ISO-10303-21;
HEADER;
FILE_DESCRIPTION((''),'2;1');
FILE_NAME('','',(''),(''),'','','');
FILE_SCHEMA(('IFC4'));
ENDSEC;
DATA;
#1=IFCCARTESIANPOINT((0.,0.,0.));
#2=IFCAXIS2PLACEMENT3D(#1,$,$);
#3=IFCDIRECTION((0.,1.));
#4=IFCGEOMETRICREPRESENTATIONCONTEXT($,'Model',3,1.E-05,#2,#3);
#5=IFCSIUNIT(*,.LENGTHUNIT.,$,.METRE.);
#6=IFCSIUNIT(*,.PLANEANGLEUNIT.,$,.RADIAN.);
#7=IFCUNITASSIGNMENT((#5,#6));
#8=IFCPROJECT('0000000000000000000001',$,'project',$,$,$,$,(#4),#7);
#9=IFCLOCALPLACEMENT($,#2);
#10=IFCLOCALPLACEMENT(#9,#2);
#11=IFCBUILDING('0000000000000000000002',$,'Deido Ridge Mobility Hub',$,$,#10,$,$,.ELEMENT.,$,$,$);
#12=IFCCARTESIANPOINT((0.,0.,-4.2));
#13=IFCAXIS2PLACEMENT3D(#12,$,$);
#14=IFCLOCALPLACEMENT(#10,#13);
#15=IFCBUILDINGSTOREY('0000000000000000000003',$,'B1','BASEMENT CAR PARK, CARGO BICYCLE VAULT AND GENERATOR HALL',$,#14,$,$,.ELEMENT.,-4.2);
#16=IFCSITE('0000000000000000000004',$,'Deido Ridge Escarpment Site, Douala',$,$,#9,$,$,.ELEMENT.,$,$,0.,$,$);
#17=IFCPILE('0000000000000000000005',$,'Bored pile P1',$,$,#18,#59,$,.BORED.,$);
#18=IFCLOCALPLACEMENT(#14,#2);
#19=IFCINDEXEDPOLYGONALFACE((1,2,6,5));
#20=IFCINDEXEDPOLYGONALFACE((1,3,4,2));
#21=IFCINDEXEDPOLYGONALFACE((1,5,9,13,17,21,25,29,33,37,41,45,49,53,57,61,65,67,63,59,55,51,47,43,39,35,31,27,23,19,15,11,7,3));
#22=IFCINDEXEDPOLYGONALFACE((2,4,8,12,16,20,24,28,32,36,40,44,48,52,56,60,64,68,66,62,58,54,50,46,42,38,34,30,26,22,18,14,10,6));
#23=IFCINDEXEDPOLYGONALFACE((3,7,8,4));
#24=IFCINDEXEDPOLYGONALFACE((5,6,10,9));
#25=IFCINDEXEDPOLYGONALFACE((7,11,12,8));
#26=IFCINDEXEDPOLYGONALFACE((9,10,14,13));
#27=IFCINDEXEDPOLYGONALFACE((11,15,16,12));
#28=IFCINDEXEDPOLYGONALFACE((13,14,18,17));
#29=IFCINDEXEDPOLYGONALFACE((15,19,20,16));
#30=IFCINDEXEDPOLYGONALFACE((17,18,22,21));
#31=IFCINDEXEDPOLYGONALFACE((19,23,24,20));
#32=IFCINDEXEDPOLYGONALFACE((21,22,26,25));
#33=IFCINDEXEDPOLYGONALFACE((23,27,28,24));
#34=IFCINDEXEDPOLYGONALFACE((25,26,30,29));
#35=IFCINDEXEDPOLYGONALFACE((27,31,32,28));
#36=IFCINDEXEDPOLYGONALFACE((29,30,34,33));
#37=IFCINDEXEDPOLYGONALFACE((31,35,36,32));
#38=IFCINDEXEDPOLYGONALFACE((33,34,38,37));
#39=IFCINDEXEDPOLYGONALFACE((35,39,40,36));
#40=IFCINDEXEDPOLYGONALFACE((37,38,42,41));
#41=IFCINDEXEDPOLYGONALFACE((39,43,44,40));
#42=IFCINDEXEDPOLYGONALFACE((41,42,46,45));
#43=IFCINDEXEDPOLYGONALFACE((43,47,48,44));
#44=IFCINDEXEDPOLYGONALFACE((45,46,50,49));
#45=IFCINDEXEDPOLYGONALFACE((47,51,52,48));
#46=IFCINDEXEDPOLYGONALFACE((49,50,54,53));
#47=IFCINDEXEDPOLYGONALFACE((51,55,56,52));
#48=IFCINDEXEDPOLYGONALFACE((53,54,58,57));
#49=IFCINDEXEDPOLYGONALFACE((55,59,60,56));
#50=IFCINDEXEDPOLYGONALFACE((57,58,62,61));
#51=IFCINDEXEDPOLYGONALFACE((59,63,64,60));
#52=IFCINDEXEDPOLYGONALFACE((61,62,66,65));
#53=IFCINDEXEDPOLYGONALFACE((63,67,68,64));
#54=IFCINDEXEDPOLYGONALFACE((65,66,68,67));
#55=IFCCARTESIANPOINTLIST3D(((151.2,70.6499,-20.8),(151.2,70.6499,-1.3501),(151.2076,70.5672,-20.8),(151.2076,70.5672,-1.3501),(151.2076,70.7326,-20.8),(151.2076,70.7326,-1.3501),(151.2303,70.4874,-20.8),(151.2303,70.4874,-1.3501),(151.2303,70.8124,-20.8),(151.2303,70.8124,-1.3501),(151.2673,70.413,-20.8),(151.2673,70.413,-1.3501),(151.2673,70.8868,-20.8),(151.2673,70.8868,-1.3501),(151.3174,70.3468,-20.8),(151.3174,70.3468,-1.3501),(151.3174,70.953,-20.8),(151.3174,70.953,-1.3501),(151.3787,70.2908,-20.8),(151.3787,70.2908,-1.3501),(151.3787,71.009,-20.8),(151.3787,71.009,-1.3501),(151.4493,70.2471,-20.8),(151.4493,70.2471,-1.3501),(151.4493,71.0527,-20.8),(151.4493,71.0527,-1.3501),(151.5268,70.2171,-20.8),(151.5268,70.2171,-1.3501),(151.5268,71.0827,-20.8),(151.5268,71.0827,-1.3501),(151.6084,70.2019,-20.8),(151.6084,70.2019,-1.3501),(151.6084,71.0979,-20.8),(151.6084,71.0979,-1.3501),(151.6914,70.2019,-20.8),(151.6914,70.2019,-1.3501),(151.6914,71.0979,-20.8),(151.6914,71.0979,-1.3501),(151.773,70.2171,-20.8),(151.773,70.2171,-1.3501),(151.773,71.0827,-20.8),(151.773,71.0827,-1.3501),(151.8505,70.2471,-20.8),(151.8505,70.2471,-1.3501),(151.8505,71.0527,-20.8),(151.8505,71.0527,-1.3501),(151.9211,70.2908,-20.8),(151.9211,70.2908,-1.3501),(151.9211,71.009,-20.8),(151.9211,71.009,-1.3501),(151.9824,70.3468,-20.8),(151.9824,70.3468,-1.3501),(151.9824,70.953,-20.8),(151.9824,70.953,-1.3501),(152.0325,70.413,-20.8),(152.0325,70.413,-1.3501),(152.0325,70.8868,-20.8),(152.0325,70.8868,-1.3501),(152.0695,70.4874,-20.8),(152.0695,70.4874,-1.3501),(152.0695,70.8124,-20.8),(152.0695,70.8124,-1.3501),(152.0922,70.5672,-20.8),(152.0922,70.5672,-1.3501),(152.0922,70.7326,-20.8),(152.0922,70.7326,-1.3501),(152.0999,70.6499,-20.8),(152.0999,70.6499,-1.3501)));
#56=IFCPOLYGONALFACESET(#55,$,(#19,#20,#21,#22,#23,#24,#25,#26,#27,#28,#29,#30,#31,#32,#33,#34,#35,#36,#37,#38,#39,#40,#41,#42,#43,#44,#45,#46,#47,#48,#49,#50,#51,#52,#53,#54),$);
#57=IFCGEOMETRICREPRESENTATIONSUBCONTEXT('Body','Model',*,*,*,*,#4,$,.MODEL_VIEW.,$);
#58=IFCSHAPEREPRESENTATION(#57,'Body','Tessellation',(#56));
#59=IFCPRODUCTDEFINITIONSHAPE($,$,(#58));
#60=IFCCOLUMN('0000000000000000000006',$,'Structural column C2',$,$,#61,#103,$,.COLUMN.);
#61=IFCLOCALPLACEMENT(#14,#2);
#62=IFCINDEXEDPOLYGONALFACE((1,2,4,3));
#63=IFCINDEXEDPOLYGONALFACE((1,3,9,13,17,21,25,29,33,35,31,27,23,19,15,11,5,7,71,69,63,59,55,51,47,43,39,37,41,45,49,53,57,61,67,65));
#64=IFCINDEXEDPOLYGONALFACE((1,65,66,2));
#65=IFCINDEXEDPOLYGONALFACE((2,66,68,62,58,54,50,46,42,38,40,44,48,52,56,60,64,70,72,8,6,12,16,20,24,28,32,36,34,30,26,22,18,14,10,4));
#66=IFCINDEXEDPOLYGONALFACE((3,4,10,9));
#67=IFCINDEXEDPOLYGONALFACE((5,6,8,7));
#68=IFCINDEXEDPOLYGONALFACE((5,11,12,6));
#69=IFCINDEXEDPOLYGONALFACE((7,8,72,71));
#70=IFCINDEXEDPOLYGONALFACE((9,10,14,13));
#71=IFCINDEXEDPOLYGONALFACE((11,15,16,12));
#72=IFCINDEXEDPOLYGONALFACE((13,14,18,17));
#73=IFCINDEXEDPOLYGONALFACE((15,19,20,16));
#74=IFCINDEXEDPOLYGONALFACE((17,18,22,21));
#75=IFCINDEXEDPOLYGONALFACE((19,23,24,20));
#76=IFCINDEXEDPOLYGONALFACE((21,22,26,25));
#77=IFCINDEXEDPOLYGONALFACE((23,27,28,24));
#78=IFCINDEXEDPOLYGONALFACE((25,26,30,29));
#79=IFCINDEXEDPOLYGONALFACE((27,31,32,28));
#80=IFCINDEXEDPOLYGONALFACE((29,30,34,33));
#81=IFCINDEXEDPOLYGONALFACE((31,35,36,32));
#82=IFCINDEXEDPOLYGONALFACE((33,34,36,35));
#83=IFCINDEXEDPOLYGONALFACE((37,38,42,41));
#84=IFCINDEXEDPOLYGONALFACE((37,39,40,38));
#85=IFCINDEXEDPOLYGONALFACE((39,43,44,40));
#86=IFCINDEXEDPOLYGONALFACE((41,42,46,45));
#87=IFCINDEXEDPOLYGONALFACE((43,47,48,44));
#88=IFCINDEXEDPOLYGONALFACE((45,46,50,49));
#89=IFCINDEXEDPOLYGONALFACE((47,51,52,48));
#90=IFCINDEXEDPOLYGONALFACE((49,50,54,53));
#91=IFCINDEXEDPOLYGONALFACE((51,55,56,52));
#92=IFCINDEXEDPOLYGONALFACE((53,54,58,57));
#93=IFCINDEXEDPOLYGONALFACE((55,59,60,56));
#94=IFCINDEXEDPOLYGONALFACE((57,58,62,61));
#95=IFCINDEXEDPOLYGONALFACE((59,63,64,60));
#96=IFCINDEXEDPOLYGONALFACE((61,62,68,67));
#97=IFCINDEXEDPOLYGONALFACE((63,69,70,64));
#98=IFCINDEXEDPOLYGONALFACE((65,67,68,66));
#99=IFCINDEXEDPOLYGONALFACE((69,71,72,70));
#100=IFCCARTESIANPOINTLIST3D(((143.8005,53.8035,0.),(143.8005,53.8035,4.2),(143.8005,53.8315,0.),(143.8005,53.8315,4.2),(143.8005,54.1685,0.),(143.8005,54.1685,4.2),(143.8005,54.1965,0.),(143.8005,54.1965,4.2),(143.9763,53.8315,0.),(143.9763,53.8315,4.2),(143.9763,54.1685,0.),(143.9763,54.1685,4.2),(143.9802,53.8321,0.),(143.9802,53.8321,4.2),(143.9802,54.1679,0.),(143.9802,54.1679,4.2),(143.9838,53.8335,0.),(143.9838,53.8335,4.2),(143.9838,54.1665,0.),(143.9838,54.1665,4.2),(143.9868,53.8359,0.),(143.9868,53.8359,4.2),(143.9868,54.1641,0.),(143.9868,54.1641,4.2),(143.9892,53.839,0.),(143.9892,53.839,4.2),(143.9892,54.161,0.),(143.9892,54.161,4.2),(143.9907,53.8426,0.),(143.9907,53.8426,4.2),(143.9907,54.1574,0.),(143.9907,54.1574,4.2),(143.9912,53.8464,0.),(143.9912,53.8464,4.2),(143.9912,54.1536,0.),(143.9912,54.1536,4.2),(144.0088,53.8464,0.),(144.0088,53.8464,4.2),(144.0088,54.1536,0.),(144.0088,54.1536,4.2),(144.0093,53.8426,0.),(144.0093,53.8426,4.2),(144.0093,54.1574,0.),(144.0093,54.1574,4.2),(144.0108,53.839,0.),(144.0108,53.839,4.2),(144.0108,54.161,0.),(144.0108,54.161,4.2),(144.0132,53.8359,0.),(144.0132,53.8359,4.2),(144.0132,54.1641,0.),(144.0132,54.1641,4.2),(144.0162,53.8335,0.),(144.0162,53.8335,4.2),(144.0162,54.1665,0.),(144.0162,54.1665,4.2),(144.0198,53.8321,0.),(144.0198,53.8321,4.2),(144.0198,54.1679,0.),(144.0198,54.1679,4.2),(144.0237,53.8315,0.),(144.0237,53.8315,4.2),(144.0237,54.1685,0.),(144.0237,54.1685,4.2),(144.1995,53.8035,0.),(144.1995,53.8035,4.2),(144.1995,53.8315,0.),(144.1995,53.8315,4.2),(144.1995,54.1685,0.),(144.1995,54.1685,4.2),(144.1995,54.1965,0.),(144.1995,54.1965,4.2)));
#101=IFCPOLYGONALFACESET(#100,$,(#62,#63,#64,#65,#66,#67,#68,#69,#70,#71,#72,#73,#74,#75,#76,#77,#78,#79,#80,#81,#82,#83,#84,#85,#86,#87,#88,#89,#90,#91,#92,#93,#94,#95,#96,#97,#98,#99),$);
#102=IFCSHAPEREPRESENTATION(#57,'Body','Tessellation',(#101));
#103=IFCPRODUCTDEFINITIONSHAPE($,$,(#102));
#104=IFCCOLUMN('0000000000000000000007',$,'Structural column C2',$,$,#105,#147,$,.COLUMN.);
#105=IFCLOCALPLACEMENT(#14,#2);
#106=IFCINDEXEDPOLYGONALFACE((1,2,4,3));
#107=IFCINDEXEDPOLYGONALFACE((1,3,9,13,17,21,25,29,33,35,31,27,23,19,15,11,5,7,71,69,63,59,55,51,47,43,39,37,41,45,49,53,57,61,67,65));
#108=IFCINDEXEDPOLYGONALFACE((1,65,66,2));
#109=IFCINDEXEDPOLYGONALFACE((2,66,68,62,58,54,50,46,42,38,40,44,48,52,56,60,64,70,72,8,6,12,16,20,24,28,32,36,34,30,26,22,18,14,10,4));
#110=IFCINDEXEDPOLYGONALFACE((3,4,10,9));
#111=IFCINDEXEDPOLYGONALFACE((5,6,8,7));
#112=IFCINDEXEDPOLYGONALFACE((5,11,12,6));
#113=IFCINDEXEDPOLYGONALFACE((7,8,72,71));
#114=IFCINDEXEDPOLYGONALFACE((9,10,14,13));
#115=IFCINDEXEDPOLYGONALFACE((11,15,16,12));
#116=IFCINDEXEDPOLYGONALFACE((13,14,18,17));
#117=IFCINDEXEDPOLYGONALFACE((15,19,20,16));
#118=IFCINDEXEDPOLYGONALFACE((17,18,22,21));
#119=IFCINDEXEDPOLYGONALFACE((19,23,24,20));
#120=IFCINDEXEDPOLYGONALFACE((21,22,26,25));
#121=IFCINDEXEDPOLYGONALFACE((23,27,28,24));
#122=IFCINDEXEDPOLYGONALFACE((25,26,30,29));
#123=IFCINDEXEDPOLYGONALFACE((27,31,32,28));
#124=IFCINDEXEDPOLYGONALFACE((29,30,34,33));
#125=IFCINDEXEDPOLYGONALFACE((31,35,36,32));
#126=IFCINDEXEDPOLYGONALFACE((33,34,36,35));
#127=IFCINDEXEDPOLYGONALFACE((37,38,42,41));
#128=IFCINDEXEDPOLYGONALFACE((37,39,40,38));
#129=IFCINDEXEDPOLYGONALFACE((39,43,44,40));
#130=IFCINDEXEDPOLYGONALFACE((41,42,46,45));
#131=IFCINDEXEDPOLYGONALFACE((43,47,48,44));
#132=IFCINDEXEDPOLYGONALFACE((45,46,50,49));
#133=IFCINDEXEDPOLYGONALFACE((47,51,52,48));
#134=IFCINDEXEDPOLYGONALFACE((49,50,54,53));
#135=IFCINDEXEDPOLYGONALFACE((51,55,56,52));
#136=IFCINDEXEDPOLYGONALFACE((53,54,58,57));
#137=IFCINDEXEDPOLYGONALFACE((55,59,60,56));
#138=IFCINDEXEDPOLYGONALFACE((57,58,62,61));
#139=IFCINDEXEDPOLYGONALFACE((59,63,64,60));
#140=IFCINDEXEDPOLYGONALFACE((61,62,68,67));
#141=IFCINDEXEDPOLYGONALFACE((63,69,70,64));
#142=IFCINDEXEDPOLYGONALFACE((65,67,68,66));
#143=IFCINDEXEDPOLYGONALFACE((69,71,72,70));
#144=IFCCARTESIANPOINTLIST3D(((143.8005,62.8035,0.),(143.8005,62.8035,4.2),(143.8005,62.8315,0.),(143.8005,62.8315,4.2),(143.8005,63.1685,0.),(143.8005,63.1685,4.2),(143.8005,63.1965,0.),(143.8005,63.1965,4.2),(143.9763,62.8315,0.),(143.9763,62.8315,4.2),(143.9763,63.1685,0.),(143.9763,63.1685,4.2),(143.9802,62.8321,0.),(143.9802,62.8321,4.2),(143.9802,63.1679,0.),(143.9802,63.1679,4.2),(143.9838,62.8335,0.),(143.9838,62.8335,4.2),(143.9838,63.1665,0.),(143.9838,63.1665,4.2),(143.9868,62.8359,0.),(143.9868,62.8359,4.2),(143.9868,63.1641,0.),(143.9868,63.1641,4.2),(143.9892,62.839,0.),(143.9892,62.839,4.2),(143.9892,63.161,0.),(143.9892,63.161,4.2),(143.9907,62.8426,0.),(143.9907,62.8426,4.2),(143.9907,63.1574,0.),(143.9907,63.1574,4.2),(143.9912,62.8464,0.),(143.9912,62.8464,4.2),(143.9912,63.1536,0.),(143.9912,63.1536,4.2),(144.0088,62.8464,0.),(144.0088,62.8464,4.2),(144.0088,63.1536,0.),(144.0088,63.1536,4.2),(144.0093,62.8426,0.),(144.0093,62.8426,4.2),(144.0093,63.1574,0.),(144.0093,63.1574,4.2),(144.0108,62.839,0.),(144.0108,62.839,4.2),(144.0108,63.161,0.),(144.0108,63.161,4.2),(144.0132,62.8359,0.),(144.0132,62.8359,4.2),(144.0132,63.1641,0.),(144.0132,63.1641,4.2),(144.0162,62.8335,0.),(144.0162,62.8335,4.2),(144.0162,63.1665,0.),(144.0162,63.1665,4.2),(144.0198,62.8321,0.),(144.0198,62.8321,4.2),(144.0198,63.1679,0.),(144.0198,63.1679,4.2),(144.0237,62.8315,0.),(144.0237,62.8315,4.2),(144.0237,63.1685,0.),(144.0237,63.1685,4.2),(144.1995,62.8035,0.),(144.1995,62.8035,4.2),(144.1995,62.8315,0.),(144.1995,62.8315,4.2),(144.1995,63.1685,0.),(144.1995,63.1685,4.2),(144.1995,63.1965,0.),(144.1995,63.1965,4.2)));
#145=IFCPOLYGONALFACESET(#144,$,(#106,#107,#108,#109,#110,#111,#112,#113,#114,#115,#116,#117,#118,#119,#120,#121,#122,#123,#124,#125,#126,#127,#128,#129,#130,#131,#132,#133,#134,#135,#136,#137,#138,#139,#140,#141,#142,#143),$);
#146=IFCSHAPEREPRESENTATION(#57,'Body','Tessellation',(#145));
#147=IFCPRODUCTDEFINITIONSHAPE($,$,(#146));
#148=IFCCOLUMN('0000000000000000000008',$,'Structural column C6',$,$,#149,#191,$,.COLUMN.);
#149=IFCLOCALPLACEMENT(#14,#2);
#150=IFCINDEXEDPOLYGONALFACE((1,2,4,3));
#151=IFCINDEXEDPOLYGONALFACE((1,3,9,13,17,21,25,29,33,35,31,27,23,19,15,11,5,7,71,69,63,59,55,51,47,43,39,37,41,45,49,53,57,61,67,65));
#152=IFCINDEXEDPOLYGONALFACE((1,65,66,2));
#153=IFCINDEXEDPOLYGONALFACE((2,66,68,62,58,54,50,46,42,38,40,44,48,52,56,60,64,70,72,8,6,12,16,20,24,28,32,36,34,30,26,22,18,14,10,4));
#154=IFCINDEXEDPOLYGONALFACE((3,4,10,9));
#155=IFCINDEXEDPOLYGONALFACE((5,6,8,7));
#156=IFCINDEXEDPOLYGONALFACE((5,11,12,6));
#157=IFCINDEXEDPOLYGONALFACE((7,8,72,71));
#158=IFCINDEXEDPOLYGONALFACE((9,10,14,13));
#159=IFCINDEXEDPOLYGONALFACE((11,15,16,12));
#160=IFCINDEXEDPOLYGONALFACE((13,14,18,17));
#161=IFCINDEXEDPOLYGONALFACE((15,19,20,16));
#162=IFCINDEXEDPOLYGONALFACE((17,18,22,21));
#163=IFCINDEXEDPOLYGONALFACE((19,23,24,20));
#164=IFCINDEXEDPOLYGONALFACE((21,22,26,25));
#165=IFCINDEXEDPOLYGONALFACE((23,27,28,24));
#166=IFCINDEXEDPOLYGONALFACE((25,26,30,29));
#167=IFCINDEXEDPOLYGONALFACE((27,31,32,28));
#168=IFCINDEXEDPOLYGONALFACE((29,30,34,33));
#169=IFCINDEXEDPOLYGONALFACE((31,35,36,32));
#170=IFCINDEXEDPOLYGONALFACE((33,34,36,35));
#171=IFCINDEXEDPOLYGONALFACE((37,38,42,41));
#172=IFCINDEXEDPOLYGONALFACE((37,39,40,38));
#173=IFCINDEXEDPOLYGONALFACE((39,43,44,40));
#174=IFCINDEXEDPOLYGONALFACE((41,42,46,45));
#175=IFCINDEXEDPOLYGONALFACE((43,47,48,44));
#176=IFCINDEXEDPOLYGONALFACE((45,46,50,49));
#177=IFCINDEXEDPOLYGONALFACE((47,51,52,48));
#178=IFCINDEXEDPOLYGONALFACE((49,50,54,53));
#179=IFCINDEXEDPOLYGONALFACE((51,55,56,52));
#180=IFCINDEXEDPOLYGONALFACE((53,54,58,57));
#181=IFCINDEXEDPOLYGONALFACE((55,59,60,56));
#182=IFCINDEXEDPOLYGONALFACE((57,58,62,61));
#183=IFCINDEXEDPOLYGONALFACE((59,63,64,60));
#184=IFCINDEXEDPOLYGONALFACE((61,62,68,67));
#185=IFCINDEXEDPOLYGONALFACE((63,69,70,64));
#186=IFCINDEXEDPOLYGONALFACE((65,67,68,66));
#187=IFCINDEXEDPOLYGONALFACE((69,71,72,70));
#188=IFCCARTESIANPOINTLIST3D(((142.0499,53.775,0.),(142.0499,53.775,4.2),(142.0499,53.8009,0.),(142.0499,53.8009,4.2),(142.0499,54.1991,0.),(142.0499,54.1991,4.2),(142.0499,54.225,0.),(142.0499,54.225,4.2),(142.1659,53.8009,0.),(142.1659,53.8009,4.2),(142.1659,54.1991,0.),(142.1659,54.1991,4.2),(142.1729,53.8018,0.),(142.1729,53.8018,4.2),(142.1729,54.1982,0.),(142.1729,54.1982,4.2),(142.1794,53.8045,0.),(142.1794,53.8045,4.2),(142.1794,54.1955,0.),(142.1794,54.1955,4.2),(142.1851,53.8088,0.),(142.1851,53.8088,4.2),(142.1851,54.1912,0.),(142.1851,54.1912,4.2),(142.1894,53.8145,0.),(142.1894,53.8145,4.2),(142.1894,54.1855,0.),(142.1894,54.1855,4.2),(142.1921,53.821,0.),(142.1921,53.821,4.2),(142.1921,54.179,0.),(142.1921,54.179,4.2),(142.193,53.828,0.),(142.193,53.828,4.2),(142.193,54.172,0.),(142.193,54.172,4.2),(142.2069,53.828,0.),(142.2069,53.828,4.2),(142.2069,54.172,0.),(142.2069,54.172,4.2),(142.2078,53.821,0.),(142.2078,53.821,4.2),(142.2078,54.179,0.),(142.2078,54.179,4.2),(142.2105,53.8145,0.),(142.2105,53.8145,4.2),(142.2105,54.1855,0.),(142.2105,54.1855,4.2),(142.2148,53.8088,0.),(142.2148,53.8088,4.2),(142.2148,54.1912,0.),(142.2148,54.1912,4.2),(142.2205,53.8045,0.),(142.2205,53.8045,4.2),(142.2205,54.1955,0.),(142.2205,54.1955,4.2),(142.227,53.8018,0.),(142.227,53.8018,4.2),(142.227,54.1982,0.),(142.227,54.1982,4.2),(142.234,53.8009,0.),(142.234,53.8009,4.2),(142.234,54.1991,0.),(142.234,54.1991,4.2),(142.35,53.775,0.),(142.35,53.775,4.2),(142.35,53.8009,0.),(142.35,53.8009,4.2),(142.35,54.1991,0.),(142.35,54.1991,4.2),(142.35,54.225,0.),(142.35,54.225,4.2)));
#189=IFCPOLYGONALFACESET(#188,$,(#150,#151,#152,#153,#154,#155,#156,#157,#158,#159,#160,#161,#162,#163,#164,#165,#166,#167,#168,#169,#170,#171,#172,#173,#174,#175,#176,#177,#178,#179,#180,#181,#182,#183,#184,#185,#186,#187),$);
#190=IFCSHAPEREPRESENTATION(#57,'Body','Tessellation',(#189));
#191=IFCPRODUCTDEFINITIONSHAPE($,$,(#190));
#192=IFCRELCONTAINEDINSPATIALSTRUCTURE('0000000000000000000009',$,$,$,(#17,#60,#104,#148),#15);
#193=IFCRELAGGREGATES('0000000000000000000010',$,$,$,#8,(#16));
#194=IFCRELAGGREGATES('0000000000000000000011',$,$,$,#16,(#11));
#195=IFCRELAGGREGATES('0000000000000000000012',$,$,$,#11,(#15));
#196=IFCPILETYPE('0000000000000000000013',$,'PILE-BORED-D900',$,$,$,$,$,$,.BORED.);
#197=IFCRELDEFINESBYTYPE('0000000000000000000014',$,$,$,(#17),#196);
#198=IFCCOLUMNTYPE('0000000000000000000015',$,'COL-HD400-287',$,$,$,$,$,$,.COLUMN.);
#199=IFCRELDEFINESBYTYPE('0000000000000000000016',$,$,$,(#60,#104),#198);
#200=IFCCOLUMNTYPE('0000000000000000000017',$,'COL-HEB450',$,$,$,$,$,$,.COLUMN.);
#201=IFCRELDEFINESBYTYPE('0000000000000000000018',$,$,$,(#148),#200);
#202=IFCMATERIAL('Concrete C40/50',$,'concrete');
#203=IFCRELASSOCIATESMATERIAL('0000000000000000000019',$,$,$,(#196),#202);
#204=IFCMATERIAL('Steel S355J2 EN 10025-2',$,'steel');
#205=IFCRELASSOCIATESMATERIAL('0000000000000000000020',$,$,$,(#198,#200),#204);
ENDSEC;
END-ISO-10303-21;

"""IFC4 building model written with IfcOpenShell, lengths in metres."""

from ifc_helpers import new_model, si_unit, direction, frame, origin, origin_2d, place, context, subcontext, project, spatial, circle, i_section, extrude, material, material_profile, profile_set, type_object, element, save


model = new_model("IFC4")

# Units and contexts
model_context = context("Model", 3, precision=1e-05, world=origin(), true_north=direction((0.0, 1.0)))
body_context = subcontext(model_context, "Body", "Model", "MODEL_VIEW")
ifc_project = project(units=[si_unit("LENGTHUNIT", "METRE"), si_unit("PLANEANGLEUNIT", "RADIAN")], contexts=[model_context])

# Site, building, storey
site_placement = place(None, origin())
site = spatial("IfcSite", under=ifc_project, at=site_placement, Name="Deido Ridge Escarpment Site, Douala", CompositionType="ELEMENT", RefElevation=0.0)
building_placement = place(site_placement, origin())
building = spatial("IfcBuilding", under=site, at=building_placement, Name="Deido Ridge Mobility Hub", CompositionType="ELEMENT")
storey_placement = place(building_placement, frame((0.0, 0.0, -4.2)))
storey = spatial("IfcBuildingStorey", under=building, at=storey_placement, Name="B1", Description="BASEMENT CAR PARK, CARGO BICYCLE VAULT AND GENERATOR HALL", CompositionType="ELEMENT", Elevation=-4.2)

# Shared definitions
ifc_material_1 = material(Name="Concrete C40/50", Category="concrete")

# Pile
ifc_material_profile_1 = material_profile(ifc_material_1, circle(Radius=0.45, at=origin_2d()), Name="BORED PILE D900")
ifc_profile_set_1 = profile_set([ifc_material_profile_1], Name="Concrete C40/50")
pile_type_1 = type_object("IfcPileType", Name="PILE-BORED-D900", PredefinedType="BORED", material=ifc_profile_set_1)
pile_1_placement = place(storey_placement, frame((151.6499, 70.6499, -1.3501), z_axis=(0.0, 0.0, -1.0), x_axis=(1.0, 0.0, 0.0)))
element("IfcPile", 1, at=pile_1_placement, inside=storey, type_object=pile_type_1, Name="Bored pile P1", PredefinedType="BORED", context=body_context, shape_type="SweptSolid", body=[
    extrude(circle(Radius=0.45, at=origin_2d()), origin(), (0.0, 0.0, 1.0), 19.45),
])

# Columns
ifc_material_2 = material(Name="Steel S355J2 EN 10025-2", Category="steel")
ifc_material_profile_2 = material_profile(ifc_material_2, i_section(OverallWidth=0.3989, OverallDepth=0.3931, WebThickness=0.0176, FlangeThickness=0.0281, FilletRadius=0.0149, at=origin_2d()), Name="HD 400x287")
ifc_profile_set_2 = profile_set([ifc_material_profile_2], Name="Steel S355J2 EN 10025-2")
column_type_1 = type_object("IfcColumnType", Name="COL-HD400-287", PredefinedType="COLUMN", material=ifc_profile_set_2)
for number, where, z_axis, x_axis, name in (
    (2, (144.0, 54.0, 0.0), (0.0, 0.0, 1.0), (1.0, 0.0, 0.0), "Structural column C2"),
    (3, (144.0, 63.0, 0.0), (0.0, 0.0, 1.0), (1.0, 0.0, 0.0), "Structural column C2"),
):
    element("IfcColumn", number, at=place(storey_placement, frame(where, z_axis=z_axis, x_axis=x_axis)), inside=storey, type_object=column_type_1, Name=name, PredefinedType="COLUMN", context=body_context, shape_type="SweptSolid", body=[
        extrude(i_section(OverallWidth=0.3989, OverallDepth=0.3931, WebThickness=0.0176, FlangeThickness=0.0281, FilletRadius=0.0149, at=origin_2d()), origin(), (0.0, 0.0, 1.0), 4.2),
    ])
ifc_material_profile_3 = material_profile(ifc_material_2, i_section(OverallWidth=0.3, OverallDepth=0.45, WebThickness=0.0139, FlangeThickness=0.0259, FilletRadius=0.0271, at=origin_2d()), Name="HEB 450")
ifc_profile_set_3 = profile_set([ifc_material_profile_3], Name="Steel S355J2 EN 10025-2")
column_type_2 = type_object("IfcColumnType", Name="COL-HEB450", PredefinedType="COLUMN", material=ifc_profile_set_3)
for number, where, z_axis, x_axis, name in (
    (4, (142.2, 54.0, 0.0), (0.0, 0.0, 1.0), (1.0, 0.0, 0.0), "Structural column C6"),
):
    element("IfcColumn", number, at=place(storey_placement, frame(where, z_axis=z_axis, x_axis=x_axis)), inside=storey, type_object=column_type_2, Name=name, PredefinedType="COLUMN", context=body_context, shape_type="SweptSolid", body=[
        extrude(i_section(OverallWidth=0.3, OverallDepth=0.45, WebThickness=0.0139, FlangeThickness=0.0259, FilletRadius=0.0271, at=origin_2d()), origin(), (0.0, 0.0, 1.0), 4.2),
    ])

save(model, "model.ifc")
